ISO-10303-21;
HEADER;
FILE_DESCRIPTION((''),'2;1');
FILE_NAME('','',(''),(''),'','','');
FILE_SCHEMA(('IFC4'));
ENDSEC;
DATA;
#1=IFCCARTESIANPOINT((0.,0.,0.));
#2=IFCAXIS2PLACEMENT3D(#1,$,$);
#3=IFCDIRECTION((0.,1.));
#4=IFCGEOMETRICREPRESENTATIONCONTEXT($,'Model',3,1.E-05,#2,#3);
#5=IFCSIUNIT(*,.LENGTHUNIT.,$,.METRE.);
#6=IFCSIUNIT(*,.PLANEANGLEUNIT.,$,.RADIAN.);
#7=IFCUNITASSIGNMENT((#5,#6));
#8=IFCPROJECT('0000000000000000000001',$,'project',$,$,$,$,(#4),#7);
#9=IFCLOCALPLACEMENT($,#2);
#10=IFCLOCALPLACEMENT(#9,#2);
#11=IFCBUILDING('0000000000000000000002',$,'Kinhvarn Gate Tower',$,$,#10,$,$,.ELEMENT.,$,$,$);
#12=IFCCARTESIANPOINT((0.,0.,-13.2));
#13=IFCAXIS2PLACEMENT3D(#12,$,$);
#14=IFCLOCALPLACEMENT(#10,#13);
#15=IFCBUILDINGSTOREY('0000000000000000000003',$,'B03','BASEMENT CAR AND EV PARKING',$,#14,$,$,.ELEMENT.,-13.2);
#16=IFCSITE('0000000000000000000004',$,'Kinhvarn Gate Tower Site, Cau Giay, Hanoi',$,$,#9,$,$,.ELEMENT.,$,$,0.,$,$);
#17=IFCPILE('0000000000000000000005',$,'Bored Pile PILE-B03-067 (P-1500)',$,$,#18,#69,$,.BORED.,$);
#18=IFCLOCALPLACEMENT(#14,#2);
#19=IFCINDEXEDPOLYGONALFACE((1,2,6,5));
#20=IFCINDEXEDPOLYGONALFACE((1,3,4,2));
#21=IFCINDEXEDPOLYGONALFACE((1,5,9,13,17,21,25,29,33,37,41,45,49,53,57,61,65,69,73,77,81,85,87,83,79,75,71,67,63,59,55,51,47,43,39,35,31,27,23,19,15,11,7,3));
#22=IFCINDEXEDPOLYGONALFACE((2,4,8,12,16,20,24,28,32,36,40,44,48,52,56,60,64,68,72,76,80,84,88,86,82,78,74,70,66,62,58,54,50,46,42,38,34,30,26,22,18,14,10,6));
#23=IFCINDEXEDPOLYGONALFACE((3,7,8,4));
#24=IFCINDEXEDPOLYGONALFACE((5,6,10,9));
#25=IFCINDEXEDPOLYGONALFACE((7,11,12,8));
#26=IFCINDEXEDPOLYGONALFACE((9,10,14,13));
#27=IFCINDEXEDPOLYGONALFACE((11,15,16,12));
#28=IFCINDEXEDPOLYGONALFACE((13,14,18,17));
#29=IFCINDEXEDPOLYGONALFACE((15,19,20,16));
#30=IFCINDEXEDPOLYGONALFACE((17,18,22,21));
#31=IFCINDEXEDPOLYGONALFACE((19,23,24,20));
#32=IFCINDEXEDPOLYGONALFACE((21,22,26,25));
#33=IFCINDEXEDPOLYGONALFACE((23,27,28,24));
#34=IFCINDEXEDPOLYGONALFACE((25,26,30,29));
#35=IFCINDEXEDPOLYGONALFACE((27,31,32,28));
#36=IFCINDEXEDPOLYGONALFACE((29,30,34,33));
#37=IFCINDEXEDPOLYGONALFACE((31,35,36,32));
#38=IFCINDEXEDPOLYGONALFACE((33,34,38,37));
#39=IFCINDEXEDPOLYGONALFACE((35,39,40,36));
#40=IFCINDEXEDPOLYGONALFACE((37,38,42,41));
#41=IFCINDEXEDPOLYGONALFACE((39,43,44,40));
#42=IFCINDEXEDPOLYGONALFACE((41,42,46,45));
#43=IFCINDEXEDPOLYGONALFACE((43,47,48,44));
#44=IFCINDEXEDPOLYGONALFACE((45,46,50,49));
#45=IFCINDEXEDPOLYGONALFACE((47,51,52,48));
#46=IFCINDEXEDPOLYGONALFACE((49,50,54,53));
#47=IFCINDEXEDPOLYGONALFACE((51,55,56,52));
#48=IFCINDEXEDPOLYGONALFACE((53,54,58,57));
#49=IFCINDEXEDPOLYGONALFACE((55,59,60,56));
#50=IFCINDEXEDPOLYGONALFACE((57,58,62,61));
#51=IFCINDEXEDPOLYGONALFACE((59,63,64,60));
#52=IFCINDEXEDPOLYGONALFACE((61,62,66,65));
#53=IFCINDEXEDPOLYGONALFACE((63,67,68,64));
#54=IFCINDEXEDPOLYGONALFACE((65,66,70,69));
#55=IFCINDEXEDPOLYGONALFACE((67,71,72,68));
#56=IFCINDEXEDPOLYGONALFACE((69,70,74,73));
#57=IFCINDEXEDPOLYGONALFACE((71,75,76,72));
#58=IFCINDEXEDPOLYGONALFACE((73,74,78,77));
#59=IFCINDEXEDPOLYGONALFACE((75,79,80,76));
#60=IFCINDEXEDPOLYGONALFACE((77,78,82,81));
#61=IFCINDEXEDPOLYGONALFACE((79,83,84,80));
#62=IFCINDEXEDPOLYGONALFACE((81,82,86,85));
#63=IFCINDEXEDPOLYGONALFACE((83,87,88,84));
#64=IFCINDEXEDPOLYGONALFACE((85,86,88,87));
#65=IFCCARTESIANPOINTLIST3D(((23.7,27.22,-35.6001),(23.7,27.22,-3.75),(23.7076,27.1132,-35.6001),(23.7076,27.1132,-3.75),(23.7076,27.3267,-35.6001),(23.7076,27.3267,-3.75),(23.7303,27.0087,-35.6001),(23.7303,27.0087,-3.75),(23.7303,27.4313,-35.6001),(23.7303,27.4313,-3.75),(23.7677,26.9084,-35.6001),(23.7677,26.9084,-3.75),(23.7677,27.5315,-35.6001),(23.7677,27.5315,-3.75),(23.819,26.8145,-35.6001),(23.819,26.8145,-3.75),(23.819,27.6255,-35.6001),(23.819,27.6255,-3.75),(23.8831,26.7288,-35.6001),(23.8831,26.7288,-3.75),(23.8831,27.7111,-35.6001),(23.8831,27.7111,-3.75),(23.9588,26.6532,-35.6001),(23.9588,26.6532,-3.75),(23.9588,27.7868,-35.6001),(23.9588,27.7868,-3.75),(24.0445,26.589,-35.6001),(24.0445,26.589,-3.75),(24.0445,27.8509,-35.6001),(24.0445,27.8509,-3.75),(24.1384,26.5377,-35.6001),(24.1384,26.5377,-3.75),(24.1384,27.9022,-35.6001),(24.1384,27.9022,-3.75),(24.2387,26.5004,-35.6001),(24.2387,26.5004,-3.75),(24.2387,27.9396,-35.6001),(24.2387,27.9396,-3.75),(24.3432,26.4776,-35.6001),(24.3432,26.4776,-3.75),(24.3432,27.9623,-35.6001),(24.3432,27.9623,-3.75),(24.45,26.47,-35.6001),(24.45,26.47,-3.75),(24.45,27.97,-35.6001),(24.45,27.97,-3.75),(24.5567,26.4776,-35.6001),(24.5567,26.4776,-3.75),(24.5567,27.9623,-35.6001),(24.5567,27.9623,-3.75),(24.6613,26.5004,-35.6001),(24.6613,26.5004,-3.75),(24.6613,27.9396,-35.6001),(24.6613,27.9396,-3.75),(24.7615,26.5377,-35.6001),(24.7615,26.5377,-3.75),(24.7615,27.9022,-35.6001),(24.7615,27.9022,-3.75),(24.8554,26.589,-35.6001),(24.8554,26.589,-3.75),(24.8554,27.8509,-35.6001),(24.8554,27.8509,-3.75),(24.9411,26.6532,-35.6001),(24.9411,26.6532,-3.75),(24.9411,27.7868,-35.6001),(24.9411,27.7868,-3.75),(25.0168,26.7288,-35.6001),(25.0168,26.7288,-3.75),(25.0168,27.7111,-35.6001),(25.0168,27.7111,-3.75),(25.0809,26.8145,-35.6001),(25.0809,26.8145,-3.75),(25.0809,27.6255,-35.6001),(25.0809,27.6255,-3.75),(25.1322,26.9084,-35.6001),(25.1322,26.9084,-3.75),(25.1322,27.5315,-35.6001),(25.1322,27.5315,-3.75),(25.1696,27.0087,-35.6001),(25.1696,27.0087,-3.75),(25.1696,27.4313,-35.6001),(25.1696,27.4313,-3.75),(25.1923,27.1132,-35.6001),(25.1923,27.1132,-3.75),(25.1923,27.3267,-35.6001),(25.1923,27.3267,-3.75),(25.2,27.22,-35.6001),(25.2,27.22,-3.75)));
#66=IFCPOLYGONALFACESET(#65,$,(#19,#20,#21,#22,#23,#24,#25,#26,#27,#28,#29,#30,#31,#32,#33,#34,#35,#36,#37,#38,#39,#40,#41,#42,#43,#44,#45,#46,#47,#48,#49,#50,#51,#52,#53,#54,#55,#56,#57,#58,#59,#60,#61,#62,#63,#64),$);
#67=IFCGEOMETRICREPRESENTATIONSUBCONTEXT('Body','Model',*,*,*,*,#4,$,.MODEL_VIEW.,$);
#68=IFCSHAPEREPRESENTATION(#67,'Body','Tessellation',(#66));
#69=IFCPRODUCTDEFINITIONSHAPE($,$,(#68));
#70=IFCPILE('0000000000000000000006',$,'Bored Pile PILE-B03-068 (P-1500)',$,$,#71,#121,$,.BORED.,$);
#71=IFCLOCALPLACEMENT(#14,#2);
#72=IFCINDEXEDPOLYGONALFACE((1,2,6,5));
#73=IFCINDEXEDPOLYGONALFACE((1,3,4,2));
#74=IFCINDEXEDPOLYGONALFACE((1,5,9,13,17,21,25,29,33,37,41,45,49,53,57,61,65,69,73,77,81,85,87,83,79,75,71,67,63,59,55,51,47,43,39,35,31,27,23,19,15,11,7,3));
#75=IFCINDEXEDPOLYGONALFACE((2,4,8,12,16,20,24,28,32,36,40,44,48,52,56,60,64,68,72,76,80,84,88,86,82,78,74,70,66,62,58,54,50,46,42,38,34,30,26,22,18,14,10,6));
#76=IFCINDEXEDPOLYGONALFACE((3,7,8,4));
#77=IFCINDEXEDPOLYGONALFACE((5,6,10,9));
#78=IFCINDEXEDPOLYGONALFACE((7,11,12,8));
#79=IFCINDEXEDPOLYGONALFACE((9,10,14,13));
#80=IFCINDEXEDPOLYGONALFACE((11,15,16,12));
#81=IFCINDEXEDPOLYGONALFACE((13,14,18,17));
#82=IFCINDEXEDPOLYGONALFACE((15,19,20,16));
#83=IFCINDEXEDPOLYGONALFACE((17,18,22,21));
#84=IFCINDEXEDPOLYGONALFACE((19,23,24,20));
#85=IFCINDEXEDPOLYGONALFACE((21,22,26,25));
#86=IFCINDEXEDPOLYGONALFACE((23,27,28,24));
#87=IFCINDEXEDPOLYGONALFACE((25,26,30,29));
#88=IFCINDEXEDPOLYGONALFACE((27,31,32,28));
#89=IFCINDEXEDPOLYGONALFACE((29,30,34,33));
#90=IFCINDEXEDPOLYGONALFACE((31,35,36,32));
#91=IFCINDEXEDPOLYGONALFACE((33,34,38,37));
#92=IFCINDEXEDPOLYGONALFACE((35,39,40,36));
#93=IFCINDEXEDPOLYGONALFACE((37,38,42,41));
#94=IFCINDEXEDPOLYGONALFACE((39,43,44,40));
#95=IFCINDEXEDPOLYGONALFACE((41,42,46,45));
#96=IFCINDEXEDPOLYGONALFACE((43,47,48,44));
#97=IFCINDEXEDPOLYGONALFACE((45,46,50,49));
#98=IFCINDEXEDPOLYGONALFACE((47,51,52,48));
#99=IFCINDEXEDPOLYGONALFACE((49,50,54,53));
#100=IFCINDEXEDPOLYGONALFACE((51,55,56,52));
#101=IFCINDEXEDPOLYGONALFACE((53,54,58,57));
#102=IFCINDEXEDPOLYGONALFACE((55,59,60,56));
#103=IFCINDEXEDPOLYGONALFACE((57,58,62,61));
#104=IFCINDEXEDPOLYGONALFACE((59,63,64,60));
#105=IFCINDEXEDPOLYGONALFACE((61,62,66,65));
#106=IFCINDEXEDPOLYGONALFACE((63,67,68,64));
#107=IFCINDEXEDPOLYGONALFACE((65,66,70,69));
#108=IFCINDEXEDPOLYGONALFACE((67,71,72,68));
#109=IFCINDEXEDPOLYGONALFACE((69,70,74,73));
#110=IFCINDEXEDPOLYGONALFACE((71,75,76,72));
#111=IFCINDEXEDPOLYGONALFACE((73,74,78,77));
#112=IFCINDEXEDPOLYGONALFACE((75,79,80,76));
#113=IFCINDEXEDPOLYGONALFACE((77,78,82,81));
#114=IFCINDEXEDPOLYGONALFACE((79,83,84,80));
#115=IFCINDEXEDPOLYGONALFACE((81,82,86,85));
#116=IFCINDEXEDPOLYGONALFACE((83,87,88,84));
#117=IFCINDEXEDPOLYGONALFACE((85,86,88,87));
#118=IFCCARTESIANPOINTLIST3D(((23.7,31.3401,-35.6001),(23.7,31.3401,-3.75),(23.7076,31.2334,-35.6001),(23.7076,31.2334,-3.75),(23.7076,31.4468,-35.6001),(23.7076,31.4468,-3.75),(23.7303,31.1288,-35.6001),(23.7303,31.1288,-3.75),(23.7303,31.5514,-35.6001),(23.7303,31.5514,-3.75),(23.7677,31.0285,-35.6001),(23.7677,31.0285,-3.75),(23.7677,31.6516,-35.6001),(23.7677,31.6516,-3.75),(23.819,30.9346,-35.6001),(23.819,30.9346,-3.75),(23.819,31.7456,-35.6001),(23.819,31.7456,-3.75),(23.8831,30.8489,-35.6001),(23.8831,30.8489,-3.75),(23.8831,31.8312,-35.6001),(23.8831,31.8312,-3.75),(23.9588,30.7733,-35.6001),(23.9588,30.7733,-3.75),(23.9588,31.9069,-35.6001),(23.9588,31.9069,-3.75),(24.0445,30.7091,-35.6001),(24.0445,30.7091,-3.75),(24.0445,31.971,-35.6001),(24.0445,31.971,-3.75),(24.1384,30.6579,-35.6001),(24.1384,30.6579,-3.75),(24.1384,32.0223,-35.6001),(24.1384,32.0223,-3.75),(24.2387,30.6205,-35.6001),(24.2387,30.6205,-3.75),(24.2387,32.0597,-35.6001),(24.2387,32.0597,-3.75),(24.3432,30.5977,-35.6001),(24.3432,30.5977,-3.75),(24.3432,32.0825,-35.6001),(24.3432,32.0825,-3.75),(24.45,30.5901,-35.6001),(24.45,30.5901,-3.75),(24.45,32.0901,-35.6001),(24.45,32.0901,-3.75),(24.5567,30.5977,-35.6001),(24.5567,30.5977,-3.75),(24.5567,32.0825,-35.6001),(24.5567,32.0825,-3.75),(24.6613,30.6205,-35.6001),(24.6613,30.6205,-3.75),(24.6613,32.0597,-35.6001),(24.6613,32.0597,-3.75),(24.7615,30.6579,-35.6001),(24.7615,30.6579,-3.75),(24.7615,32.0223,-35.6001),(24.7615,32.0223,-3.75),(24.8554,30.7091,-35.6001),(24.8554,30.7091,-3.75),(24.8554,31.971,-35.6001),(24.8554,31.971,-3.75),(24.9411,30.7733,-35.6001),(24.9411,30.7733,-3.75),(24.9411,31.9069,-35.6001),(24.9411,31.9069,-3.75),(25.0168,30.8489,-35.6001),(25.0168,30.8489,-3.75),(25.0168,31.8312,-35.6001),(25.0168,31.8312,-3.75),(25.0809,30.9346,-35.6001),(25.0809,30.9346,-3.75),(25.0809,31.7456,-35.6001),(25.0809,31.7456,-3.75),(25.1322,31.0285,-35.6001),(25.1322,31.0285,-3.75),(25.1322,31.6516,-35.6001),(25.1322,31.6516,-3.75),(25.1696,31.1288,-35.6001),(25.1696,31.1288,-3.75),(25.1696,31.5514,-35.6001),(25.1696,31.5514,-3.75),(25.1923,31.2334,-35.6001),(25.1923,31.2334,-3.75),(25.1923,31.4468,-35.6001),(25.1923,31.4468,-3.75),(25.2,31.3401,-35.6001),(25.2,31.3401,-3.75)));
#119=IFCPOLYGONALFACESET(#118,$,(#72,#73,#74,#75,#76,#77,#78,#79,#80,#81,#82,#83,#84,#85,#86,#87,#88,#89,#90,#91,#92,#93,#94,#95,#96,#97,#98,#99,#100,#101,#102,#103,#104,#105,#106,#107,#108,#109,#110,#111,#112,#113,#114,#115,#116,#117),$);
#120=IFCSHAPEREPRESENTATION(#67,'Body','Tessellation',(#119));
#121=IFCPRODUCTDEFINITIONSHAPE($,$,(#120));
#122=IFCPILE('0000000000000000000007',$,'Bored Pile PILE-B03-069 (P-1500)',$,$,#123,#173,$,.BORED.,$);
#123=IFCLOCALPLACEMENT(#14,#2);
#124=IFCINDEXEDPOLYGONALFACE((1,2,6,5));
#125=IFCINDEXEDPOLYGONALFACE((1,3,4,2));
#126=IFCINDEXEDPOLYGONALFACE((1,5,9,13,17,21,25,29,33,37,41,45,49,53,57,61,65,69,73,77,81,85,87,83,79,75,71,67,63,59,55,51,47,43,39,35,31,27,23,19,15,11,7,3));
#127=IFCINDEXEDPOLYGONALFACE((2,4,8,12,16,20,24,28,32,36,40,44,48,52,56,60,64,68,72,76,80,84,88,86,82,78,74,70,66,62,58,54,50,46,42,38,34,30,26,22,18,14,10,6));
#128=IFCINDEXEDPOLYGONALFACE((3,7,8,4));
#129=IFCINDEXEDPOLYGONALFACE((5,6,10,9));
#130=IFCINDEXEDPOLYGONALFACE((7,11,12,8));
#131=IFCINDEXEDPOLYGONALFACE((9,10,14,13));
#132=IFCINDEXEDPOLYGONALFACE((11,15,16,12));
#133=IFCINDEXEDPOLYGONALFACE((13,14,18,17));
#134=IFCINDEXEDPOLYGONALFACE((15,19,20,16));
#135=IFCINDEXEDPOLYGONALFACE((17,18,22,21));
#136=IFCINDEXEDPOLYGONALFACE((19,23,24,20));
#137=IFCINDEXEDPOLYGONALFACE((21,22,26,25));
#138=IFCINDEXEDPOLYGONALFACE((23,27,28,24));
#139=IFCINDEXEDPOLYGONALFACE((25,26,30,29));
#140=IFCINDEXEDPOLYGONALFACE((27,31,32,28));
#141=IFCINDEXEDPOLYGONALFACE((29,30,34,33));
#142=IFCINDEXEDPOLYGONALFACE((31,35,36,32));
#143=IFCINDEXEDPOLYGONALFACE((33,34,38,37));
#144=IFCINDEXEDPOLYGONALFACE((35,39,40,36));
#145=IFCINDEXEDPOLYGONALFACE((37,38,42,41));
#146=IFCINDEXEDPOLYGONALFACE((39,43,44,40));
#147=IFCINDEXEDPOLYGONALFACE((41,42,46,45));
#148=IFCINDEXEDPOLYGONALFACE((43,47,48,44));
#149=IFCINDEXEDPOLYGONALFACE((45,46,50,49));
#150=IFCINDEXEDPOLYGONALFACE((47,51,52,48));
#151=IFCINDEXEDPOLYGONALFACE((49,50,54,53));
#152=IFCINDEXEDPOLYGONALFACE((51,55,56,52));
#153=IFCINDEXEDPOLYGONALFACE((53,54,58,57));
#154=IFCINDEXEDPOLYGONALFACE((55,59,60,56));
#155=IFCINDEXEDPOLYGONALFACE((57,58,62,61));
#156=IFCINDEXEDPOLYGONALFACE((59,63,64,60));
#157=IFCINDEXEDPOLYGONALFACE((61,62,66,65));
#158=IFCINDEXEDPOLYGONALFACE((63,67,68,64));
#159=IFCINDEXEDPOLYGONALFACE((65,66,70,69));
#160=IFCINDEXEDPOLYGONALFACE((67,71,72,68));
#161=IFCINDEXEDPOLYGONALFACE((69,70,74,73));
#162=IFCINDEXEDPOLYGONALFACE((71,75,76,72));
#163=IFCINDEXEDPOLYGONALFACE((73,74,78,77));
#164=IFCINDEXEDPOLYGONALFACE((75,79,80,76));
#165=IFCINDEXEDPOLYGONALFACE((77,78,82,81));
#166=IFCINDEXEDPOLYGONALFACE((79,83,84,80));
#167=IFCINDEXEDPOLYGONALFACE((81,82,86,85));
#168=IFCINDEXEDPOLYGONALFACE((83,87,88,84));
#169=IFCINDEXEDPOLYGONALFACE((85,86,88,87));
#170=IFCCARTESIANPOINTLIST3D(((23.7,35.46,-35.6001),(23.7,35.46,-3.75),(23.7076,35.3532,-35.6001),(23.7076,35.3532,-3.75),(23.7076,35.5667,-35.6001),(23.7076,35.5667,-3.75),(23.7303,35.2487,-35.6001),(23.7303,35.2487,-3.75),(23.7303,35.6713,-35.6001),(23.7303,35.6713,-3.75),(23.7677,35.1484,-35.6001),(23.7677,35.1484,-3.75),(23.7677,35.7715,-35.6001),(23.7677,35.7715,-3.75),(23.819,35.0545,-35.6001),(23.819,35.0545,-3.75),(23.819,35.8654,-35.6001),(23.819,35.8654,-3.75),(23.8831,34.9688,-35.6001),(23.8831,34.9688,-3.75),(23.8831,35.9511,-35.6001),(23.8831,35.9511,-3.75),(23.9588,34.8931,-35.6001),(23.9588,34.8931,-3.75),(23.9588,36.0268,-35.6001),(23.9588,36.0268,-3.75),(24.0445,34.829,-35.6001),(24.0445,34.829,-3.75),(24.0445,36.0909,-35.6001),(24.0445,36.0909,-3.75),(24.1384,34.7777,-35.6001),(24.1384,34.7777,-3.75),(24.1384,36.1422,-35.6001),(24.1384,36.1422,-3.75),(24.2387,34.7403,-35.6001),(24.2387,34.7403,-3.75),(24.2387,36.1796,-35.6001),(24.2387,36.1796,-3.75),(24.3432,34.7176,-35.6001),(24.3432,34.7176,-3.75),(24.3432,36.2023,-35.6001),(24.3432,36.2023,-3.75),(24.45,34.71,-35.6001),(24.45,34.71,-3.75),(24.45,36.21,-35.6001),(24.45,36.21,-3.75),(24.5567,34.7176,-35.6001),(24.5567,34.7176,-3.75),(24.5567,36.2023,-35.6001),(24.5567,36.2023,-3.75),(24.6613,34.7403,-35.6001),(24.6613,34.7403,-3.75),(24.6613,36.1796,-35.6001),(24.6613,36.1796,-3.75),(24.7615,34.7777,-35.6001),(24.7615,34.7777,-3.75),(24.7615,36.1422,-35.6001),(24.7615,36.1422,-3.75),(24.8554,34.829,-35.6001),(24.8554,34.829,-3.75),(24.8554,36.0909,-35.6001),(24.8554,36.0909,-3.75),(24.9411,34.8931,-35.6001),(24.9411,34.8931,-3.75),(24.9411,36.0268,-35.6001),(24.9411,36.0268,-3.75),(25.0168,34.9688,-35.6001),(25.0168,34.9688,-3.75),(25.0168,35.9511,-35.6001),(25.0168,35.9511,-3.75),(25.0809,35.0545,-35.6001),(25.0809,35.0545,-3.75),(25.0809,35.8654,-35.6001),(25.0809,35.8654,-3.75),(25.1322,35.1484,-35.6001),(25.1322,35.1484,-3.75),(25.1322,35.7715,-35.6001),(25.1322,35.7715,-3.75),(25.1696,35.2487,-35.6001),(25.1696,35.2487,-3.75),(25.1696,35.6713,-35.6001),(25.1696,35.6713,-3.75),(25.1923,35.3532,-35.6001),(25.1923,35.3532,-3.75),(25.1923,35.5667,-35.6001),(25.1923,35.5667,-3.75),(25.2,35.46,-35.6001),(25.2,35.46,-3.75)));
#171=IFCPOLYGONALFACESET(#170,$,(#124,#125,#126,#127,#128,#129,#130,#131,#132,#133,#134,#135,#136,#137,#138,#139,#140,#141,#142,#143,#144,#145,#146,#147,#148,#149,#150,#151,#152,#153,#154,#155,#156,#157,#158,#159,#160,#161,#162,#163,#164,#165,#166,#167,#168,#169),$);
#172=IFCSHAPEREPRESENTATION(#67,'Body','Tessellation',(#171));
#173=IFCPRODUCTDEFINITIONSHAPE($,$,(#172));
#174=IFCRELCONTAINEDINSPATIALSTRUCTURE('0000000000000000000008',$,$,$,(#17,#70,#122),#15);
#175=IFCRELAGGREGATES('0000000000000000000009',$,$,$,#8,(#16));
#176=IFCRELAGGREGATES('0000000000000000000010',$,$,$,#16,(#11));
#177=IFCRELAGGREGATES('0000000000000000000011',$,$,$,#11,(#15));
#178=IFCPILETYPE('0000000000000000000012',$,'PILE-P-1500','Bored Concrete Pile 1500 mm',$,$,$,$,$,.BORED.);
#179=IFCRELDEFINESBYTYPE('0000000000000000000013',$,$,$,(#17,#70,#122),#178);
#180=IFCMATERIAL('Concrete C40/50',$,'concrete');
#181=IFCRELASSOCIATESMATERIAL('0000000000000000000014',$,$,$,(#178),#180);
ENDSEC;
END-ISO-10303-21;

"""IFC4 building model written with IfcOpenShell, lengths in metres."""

from ifc_helpers import new_model, si_unit, direction, frame, origin, origin_2d, place, context, subcontext, project, spatial, circle, extrude, material, material_profile, profile_set, type_object, element, save


model = new_model("IFC4")

# Units and contexts
model_context = context("Model", 3, precision=1e-05, world=origin(), true_north=direction((0.0, 1.0)))
body_context = subcontext(model_context, "Body", "Model", "MODEL_VIEW")
ifc_project = project(units=[si_unit("LENGTHUNIT", "METRE"), si_unit("PLANEANGLEUNIT", "RADIAN")], contexts=[model_context])

# Site, building, storey
site_placement = place(None, origin())
site = spatial("IfcSite", under=ifc_project, at=site_placement, Name="Kinhvarn Gate Tower Site, Cau Giay, Hanoi", CompositionType="ELEMENT", RefElevation=0.0)
building_placement = place(site_placement, origin())
building = spatial("IfcBuilding", under=site, at=building_placement, Name="Kinhvarn Gate Tower", CompositionType="ELEMENT")
storey_placement = place(building_placement, frame((0.0, 0.0, -13.2)))
storey = spatial("IfcBuildingStorey", under=building, at=storey_placement, Name="B03", Description="BASEMENT CAR AND EV PARKING", CompositionType="ELEMENT", Elevation=-13.2)

# Piles
ifc_material = material(Name="Concrete C40/50", Category="concrete")
ifc_material_profile_1 = material_profile(ifc_material, circle(Radius=0.75, at=origin_2d()), Name="PILE D1500")
ifc_profile_set_1 = profile_set([ifc_material_profile_1], Name="Concrete C40/50")
pile_type_1 = type_object("IfcPileType", Name="PILE-P-1500", Description="Bored Concrete Pile 1500 mm", PredefinedType="BORED", material=ifc_profile_set_1)
for number, where, z_axis, x_axis, name in (
    (1, (24.45, 27.22, -35.6001), (0.0, 0.0, 1.0), (1.0, 0.0, 0.0), "Bored Pile PILE-B03-067 (P-1500)"),
    (2, (24.45, 31.3401, -35.6001), (0.0, 0.0, 1.0), (1.0, 0.0, 0.0), "Bored Pile PILE-B03-068 (P-1500)"),
    (3, (24.45, 35.46, -35.6001), (0.0, 0.0, 1.0), (1.0, 0.0, 0.0), "Bored Pile PILE-B03-069 (P-1500)"),
):
    element("IfcPile", number, at=place(storey_placement, frame(where, z_axis=z_axis, x_axis=x_axis)), inside=storey, type_object=pile_type_1, Name=name, PredefinedType="BORED", context=body_context, shape_type="SweptSolid", body=[
        extrude(circle(Radius=0.75, at=origin_2d()), origin(), (0.0, 0.0, 1.0), 31.8501),
    ])

save(model, "model.ifc")
